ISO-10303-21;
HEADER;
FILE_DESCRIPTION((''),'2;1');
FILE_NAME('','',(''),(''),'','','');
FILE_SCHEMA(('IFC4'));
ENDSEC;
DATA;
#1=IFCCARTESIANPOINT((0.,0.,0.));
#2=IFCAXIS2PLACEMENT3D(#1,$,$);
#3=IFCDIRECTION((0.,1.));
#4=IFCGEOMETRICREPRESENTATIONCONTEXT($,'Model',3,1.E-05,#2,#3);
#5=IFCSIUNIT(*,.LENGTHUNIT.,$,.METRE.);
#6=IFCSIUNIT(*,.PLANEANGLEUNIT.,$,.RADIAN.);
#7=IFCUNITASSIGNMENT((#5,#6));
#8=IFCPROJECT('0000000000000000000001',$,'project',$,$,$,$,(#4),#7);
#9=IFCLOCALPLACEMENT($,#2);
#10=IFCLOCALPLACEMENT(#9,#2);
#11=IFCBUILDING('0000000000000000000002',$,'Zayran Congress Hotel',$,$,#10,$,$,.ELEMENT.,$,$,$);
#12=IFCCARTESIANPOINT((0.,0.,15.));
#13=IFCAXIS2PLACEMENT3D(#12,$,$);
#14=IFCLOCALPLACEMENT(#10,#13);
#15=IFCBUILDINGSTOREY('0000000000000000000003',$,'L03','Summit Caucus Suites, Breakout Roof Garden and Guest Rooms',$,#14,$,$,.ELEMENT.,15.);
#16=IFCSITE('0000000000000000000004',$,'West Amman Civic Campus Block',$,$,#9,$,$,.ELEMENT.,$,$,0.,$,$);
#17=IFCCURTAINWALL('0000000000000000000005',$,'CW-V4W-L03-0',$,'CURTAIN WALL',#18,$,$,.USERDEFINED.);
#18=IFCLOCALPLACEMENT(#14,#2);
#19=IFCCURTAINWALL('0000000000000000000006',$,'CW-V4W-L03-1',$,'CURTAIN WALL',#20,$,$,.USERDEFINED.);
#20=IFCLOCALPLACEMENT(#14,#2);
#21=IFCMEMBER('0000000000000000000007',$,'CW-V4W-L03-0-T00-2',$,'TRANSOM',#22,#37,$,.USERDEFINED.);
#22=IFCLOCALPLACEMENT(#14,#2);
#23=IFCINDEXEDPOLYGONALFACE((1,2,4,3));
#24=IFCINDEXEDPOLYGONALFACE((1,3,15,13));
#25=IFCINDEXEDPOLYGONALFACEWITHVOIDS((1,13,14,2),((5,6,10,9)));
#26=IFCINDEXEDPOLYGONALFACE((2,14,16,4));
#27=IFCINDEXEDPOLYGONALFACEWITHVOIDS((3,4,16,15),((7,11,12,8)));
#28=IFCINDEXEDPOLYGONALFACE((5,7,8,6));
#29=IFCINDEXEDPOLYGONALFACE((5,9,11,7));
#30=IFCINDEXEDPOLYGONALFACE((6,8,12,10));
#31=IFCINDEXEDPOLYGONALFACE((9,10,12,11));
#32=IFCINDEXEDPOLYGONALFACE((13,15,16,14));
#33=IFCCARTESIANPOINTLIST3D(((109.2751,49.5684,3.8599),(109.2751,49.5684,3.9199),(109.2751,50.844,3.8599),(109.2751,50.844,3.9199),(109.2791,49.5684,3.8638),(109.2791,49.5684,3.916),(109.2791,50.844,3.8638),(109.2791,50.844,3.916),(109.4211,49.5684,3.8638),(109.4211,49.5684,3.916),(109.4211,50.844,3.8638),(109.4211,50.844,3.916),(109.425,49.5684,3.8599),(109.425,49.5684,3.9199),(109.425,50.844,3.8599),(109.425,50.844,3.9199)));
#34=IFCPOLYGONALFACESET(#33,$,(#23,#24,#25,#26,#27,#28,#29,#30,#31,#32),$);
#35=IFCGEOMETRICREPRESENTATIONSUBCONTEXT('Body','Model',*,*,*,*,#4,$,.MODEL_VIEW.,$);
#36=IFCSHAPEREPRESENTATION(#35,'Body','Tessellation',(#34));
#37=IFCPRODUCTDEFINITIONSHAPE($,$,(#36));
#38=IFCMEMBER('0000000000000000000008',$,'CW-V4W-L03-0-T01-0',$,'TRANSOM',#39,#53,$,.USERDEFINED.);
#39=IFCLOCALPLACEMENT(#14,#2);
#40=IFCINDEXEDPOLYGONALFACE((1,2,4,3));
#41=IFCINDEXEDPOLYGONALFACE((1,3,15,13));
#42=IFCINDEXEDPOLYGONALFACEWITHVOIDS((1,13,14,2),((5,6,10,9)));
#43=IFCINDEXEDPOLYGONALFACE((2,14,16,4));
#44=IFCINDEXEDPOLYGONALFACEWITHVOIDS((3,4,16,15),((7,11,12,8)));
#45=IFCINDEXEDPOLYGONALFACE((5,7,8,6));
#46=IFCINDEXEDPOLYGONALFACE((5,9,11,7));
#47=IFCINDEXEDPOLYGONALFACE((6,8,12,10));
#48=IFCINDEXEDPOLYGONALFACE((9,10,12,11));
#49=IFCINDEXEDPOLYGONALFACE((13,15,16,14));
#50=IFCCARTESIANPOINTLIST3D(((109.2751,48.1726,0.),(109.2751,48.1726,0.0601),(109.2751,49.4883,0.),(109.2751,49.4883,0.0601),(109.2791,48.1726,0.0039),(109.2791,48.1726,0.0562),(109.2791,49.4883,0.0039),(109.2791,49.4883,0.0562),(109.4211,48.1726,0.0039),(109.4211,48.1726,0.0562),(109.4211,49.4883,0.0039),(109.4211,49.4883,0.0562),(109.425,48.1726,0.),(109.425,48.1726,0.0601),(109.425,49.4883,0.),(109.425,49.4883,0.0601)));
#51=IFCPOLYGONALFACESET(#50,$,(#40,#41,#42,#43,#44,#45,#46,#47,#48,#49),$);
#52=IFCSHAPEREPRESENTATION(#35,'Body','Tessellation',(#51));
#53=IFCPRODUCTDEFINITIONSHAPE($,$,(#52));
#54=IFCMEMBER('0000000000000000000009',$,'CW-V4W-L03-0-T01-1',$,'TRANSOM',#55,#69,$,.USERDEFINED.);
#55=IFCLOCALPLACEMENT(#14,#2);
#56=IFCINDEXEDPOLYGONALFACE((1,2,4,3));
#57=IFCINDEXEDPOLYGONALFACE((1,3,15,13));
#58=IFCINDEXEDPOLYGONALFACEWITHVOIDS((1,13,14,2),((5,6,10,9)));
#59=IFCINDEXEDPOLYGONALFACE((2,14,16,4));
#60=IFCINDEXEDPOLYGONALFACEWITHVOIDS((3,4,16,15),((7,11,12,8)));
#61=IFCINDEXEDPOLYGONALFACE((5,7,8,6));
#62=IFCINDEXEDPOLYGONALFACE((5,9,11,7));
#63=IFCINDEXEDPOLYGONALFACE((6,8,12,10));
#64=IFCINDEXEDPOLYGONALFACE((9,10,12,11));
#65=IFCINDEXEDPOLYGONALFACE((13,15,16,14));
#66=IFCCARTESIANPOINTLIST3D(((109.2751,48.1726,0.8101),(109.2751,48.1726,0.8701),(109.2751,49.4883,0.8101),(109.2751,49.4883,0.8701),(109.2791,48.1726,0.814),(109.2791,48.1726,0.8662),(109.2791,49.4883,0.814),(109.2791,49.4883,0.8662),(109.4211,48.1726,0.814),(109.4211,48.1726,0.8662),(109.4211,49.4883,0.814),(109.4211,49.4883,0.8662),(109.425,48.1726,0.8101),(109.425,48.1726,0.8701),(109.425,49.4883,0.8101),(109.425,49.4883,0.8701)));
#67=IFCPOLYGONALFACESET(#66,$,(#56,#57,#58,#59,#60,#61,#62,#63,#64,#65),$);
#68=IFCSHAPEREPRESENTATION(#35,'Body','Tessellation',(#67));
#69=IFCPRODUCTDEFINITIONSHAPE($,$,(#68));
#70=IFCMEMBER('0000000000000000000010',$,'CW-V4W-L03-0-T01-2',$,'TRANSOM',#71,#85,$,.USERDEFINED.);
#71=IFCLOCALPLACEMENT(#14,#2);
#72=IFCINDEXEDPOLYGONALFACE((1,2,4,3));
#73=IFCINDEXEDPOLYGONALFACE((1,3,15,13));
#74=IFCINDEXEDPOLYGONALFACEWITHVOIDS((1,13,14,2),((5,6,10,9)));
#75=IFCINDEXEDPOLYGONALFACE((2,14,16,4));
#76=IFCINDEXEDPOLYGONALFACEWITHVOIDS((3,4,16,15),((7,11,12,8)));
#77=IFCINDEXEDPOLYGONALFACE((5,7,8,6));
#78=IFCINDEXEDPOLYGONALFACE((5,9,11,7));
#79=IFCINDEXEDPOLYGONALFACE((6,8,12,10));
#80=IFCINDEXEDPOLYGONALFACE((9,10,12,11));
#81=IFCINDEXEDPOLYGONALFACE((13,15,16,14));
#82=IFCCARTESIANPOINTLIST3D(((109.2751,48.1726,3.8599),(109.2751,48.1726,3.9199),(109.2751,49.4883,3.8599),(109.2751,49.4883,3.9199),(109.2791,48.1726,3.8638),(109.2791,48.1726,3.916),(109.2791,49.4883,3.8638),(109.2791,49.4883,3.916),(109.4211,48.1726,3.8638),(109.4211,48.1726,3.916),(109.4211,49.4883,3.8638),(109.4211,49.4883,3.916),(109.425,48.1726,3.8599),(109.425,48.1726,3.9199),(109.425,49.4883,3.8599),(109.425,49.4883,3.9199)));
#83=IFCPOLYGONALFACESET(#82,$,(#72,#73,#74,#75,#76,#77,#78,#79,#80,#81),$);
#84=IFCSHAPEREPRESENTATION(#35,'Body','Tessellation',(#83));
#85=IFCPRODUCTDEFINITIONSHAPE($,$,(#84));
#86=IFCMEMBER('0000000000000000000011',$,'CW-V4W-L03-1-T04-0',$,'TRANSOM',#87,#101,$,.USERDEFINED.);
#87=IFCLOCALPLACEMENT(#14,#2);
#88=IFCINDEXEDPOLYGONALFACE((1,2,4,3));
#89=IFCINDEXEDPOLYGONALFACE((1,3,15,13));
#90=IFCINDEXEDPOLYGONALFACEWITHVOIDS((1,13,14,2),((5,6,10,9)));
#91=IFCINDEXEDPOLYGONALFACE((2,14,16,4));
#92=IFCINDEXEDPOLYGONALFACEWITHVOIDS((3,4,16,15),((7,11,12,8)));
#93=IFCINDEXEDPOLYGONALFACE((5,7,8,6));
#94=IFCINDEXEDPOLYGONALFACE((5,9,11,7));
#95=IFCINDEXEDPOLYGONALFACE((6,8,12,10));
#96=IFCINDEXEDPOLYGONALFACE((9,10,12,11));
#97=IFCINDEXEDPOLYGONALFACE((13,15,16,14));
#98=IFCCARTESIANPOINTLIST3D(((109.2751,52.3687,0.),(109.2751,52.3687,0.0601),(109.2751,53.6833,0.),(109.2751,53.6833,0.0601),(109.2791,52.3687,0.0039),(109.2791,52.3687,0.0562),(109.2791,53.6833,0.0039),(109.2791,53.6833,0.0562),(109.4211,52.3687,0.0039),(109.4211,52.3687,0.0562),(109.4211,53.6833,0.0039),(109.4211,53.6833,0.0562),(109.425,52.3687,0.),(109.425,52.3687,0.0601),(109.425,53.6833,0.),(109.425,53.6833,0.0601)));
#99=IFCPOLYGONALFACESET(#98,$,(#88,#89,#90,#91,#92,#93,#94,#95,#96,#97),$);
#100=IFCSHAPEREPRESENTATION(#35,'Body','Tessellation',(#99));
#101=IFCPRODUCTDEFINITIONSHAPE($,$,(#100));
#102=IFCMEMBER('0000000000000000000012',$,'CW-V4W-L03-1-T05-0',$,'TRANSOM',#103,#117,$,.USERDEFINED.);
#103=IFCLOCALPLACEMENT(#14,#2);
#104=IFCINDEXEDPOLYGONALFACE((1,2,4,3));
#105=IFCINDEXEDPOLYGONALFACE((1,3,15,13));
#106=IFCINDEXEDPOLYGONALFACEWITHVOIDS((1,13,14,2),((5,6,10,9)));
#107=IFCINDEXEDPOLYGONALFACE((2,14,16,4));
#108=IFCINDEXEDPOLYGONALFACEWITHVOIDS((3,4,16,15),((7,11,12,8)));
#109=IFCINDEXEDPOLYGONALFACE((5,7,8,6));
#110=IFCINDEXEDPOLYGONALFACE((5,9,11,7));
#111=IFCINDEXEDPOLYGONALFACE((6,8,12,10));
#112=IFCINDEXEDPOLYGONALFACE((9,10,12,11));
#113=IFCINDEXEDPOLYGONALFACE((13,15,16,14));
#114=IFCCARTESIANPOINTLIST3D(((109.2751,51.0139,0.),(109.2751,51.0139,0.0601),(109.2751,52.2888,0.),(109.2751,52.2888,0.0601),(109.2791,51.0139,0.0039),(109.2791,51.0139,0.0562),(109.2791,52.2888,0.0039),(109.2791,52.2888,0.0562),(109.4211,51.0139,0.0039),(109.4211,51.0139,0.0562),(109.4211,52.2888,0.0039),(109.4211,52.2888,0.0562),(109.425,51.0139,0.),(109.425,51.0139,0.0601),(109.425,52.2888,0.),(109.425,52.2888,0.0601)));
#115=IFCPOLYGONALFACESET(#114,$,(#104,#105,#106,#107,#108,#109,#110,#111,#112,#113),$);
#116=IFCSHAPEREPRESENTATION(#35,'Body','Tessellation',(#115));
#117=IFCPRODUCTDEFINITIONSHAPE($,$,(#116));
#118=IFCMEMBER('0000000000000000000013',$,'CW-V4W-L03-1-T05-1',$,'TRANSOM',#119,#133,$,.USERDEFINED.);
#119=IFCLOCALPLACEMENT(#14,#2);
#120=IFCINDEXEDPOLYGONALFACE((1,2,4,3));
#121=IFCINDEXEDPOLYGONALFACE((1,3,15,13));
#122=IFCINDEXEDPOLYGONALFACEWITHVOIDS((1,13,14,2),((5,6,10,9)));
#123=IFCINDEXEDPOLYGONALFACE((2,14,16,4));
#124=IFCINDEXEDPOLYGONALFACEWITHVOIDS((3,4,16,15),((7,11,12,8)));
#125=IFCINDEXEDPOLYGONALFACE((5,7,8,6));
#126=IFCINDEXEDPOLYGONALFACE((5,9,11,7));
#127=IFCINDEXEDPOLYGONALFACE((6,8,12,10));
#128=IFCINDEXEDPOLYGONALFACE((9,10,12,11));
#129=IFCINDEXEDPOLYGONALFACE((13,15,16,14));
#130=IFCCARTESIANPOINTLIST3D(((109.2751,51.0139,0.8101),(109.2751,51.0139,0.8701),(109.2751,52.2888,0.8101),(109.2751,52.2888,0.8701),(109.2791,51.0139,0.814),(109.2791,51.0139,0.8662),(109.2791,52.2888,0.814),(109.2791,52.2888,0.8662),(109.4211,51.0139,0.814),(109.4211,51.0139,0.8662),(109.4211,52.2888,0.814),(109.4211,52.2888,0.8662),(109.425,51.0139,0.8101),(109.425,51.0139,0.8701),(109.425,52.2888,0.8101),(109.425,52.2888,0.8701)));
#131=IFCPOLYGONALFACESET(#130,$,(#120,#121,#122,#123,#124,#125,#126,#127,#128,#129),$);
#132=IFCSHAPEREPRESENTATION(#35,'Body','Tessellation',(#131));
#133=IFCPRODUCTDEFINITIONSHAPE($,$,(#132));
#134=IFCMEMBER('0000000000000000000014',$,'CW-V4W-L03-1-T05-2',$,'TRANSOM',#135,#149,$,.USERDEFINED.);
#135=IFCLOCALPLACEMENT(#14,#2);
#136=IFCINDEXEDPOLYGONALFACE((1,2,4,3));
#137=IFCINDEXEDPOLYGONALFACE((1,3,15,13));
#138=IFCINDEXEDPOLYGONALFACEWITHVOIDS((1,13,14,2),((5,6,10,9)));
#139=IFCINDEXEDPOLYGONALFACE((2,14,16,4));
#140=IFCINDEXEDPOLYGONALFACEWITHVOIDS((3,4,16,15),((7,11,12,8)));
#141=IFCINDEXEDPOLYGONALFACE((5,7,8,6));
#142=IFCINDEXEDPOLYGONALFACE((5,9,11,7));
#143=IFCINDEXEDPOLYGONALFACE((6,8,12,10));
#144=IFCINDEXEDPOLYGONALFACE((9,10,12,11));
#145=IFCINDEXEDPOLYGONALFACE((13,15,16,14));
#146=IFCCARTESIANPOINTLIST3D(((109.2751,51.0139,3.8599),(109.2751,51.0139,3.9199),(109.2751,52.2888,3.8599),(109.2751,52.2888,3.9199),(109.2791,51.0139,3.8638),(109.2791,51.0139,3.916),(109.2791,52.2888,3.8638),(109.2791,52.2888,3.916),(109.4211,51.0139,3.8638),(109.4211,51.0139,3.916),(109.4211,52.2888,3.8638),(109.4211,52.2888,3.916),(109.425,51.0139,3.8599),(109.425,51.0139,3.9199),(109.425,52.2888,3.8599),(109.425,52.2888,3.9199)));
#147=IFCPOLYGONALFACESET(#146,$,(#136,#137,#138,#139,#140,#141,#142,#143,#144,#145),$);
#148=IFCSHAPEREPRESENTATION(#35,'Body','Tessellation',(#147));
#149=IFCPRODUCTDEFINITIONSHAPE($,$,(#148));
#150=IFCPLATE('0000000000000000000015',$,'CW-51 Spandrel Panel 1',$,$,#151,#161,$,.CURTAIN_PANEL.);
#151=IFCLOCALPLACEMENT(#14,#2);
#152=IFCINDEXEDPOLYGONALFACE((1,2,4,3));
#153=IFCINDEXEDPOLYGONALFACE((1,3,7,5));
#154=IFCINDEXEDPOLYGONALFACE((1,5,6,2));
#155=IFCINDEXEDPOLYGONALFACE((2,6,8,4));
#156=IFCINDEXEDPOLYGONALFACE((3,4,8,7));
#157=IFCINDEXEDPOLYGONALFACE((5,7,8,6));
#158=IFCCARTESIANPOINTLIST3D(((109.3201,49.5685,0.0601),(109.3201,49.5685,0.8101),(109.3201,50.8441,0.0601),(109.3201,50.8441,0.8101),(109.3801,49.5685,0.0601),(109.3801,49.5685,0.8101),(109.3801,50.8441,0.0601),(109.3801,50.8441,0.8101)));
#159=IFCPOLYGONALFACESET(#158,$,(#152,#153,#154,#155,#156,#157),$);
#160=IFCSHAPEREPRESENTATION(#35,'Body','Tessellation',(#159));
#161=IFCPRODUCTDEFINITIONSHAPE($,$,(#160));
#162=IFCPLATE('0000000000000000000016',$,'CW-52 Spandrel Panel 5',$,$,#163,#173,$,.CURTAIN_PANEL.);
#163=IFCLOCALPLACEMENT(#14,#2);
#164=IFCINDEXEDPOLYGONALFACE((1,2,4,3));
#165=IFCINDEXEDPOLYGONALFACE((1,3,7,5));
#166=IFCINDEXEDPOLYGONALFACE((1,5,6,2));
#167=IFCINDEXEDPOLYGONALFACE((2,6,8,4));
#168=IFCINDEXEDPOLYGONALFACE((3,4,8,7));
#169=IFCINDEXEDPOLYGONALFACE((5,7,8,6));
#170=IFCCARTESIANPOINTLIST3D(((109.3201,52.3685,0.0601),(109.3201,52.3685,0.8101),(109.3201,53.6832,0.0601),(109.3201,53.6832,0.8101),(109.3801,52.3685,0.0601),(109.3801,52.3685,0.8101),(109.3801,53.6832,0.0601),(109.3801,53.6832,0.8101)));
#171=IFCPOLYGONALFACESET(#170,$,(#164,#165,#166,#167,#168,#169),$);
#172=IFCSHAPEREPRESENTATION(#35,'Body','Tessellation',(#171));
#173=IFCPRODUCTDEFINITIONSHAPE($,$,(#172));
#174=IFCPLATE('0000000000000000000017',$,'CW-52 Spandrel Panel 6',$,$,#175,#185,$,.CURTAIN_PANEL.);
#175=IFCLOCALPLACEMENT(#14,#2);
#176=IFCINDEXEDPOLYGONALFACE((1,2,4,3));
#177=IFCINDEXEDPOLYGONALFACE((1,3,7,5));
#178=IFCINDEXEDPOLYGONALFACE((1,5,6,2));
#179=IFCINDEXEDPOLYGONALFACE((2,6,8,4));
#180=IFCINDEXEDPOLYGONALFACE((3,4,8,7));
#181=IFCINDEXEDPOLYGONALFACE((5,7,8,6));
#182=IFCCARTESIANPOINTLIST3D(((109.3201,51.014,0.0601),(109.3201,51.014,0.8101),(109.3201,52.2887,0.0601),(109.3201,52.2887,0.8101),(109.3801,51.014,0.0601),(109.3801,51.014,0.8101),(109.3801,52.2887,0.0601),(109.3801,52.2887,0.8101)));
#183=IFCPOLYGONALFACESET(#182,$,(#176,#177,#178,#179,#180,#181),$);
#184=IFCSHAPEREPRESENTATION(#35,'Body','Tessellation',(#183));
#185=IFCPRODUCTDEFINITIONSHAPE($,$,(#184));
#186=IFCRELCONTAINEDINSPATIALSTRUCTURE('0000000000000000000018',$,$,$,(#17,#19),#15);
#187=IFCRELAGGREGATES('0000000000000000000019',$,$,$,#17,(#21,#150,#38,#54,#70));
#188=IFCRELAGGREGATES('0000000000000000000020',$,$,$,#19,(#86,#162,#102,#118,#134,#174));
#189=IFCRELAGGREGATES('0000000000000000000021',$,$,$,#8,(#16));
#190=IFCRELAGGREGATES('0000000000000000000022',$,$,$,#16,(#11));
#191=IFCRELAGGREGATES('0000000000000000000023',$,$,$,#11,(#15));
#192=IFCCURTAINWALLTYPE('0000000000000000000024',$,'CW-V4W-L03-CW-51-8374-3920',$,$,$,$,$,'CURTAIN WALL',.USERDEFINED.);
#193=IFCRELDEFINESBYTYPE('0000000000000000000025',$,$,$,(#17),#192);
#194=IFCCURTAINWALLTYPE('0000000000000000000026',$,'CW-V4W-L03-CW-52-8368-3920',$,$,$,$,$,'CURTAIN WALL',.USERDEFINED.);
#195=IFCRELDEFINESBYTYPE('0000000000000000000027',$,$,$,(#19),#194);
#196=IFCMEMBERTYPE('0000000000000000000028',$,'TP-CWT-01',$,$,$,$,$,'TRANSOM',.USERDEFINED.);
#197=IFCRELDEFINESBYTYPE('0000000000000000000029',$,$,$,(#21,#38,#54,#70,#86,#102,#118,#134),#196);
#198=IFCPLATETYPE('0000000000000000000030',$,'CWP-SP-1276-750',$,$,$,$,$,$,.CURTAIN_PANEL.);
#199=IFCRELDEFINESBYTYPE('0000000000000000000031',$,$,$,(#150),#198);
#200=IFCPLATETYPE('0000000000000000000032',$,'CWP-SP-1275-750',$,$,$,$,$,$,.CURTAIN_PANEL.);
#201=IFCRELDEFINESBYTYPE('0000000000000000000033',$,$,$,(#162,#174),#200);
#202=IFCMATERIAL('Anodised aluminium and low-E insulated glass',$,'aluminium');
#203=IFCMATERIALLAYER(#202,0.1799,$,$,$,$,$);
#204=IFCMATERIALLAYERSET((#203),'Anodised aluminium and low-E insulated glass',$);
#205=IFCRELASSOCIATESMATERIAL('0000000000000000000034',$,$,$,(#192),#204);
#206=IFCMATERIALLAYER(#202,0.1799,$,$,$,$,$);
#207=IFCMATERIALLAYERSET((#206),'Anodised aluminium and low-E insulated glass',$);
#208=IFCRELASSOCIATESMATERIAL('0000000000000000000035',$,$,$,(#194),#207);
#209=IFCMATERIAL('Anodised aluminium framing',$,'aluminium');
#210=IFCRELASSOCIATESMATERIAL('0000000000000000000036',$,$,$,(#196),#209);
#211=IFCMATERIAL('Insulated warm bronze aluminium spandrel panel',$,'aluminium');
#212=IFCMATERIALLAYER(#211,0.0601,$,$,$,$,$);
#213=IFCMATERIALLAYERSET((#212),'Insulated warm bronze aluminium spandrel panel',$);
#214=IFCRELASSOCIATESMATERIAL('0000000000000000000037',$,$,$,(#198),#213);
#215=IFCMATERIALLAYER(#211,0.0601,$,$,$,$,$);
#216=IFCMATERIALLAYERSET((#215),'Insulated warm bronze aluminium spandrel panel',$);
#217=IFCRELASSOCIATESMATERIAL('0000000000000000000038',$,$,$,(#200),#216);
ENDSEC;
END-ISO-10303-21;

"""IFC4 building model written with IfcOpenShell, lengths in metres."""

from ifc_helpers import new_model, si_unit, direction, frame, origin, origin_2d, place, context, subcontext, project, spatial, rectangle, hollow_rectangle, extrude, material, layer, layer_set, material_profile, profile_set, type_object, element, aggregate, save


model = new_model("IFC4")

# Units and contexts
model_context = context("Model", 3, precision=1e-05, world=origin(), true_north=direction((0.0, 1.0)))
body_context = subcontext(model_context, "Body", "Model", "MODEL_VIEW")
ifc_project = project(units=[si_unit("LENGTHUNIT", "METRE"), si_unit("PLANEANGLEUNIT", "RADIAN")], contexts=[model_context])

# Site, building, storey
site_placement = place(None, origin())
site = spatial("IfcSite", under=ifc_project, at=site_placement, Name="West Amman Civic Campus Block", CompositionType="ELEMENT", RefElevation=0.0)
building_placement = place(site_placement, origin())
building = spatial("IfcBuilding", under=site, at=building_placement, Name="Zayran Congress Hotel", CompositionType="ELEMENT")
storey_placement = place(building_placement, frame((0.0, 0.0, 15.0)))
storey = spatial("IfcBuildingStorey", under=building, at=storey_placement, Name="L03", Description="Summit Caucus Suites, Breakout Roof Garden and Guest Rooms", CompositionType="ELEMENT", Elevation=15.0)

# Curtain walls
ifc_material_1 = material(Name="Anodised aluminium and low-E insulated glass", Category="aluminium")
ifc_layer_1 = layer(ifc_material_1, 0.1799)
ifc_layer_set_1 = layer_set([ifc_layer_1], Name="Anodised aluminium and low-E insulated glass")
curtain_wall_type_1 = type_object("IfcCurtainWallType", Name="CW-V4W-L03-CW-51-8374-3920", ElementType="CURTAIN WALL", PredefinedType="USERDEFINED", material=ifc_layer_set_1)
curtain_wall_1_placement = place(storey_placement, origin())
curtain_wall_1 = element("IfcCurtainWall", 1, at=curtain_wall_1_placement, inside=storey, type_object=curtain_wall_type_1, Name="CW-V4W-L03-0", ObjectType="CURTAIN WALL", PredefinedType="USERDEFINED")
ifc_material_2 = material(Name="Anodised aluminium framing", Category="aluminium")
ifc_layer_2 = layer(ifc_material_1, 0.1799)
ifc_layer_set_2 = layer_set([ifc_layer_2], Name="Anodised aluminium and low-E insulated glass")
curtain_wall_type_2 = type_object("IfcCurtainWallType", Name="CW-V4W-L03-CW-52-8368-3920", ElementType="CURTAIN WALL", PredefinedType="USERDEFINED", material=ifc_layer_set_2)
curtain_wall_2_placement = place(storey_placement, origin())
curtain_wall_2 = element("IfcCurtainWall", 2, at=curtain_wall_2_placement, inside=storey, type_object=curtain_wall_type_2, Name="CW-V4W-L03-1", ObjectType="CURTAIN WALL", PredefinedType="USERDEFINED")

# Members
ifc_material_profile_1 = material_profile(ifc_material_2, hollow_rectangle(XDim=0.0601, YDim=0.1499, WallThickness=0.0039, at=origin_2d()), Name="RHS 150x60x4")
ifc_profile_set_1 = profile_set([ifc_material_profile_1], Name="Anodised aluminium framing")
member_type_1 = type_object("IfcMemberType", Name="TP-CWT-01", ElementType="TRANSOM", PredefinedType="USERDEFINED", material=ifc_profile_set_1)
member_1_placement = place(storey_placement, frame((109.3501, 50.844, 3.8899), z_axis=(0.0, -1.0, 0.0), x_axis=(0.0, 0.0, 1.0)))
member_1 = element("IfcMember", 3, at=member_1_placement, type_object=member_type_1, Name="CW-V4W-L03-0-T00-2", ObjectType="TRANSOM", PredefinedType="USERDEFINED", context=body_context, shape_type="SweptSolid", body=[
    extrude(hollow_rectangle(XDim=0.0601, YDim=0.1499, WallThickness=0.0039, at=origin_2d()), origin(), (0.0, 0.0, 1.0), 1.2756),
])
member_2_placement = place(storey_placement, frame((109.3501, 49.4883, 0.03), z_axis=(0.0, -1.0, 0.0), x_axis=(0.0, 0.0, 1.0)))
member_2 = element("IfcMember", 4, at=member_2_placement, type_object=member_type_1, Name="CW-V4W-L03-0-T01-0", ObjectType="TRANSOM", PredefinedType="USERDEFINED", context=body_context, shape_type="SweptSolid", body=[
    extrude(hollow_rectangle(XDim=0.0601, YDim=0.1499, WallThickness=0.0039, at=origin_2d()), origin(), (0.0, 0.0, 1.0), 1.3157),
])
member_3_placement = place(storey_placement, frame((109.3501, 49.4883, 0.8401), z_axis=(0.0, -1.0, 0.0), x_axis=(0.0, 0.0, 1.0)))
member_3 = element("IfcMember", 5, at=member_3_placement, type_object=member_type_1, Name="CW-V4W-L03-0-T01-1", ObjectType="TRANSOM", PredefinedType="USERDEFINED", context=body_context, shape_type="SweptSolid", body=[
    extrude(hollow_rectangle(XDim=0.0601, YDim=0.1499, WallThickness=0.0039, at=origin_2d()), origin(), (0.0, 0.0, 1.0), 1.3157),
])
member_4_placement = place(storey_placement, frame((109.3501, 49.4883, 3.8899), z_axis=(0.0, -1.0, 0.0), x_axis=(0.0, 0.0, 1.0)))
member_4 = element("IfcMember", 6, at=member_4_placement, type_object=member_type_1, Name="CW-V4W-L03-0-T01-2", ObjectType="TRANSOM", PredefinedType="USERDEFINED", context=body_context, shape_type="SweptSolid", body=[
    extrude(hollow_rectangle(XDim=0.0601, YDim=0.1499, WallThickness=0.0039, at=origin_2d()), origin(), (0.0, 0.0, 1.0), 1.3157),
])
member_5_placement = place(storey_placement, frame((109.3501, 53.6833, 0.03), z_axis=(0.0, -1.0, 0.0), x_axis=(0.0, 0.0, 1.0)))
member_5 = element("IfcMember", 7, at=member_5_placement, type_object=member_type_1, Name="CW-V4W-L03-1-T04-0", ObjectType="TRANSOM", PredefinedType="USERDEFINED", context=body_context, shape_type="SweptSolid", body=[
    extrude(hollow_rectangle(XDim=0.0601, YDim=0.1499, WallThickness=0.0039, at=origin_2d()), origin(), (0.0, 0.0, 1.0), 1.3147),
])
member_6_placement = place(storey_placement, frame((109.3501, 52.2888, 0.03), z_axis=(0.0, -1.0, 0.0), x_axis=(0.0, 0.0, 1.0)))
member_6 = element("IfcMember", 8, at=member_6_placement, type_object=member_type_1, Name="CW-V4W-L03-1-T05-0", ObjectType="TRANSOM", PredefinedType="USERDEFINED", context=body_context, shape_type="SweptSolid", body=[
    extrude(hollow_rectangle(XDim=0.0601, YDim=0.1499, WallThickness=0.0039, at=origin_2d()), origin(), (0.0, 0.0, 1.0), 1.2749),
])
member_7_placement = place(storey_placement, frame((109.3501, 52.2888, 0.8401), z_axis=(0.0, -1.0, 0.0), x_axis=(0.0, 0.0, 1.0)))
member_7 = element("IfcMember", 9, at=member_7_placement, type_object=member_type_1, Name="CW-V4W-L03-1-T05-1", ObjectType="TRANSOM", PredefinedType="USERDEFINED", context=body_context, shape_type="SweptSolid", body=[
    extrude(hollow_rectangle(XDim=0.0601, YDim=0.1499, WallThickness=0.0039, at=origin_2d()), origin(), (0.0, 0.0, 1.0), 1.2749),
])
member_8_placement = place(storey_placement, frame((109.3501, 52.2888, 3.8899), z_axis=(0.0, -1.0, 0.0), x_axis=(0.0, 0.0, 1.0)))
member_8 = element("IfcMember", 10, at=member_8_placement, type_object=member_type_1, Name="CW-V4W-L03-1-T05-2", ObjectType="TRANSOM", PredefinedType="USERDEFINED", context=body_context, shape_type="SweptSolid", body=[
    extrude(hollow_rectangle(XDim=0.0601, YDim=0.1499, WallThickness=0.0039, at=origin_2d()), origin(), (0.0, 0.0, 1.0), 1.2749),
])

# Plates
ifc_material_3 = material(Name="Insulated warm bronze aluminium spandrel panel", Category="aluminium")
ifc_layer_3 = layer(ifc_material_3, 0.0601)
ifc_layer_set_3 = layer_set([ifc_layer_3], Name="Insulated warm bronze aluminium spandrel panel")
plate_type_1 = type_object("IfcPlateType", Name="CWP-SP-1276-750", PredefinedType="CURTAIN_PANEL", material=ifc_layer_set_3)
plate_1_placement = place(storey_placement, frame((109.3501, 50.2063, 0.0601), z_axis=(0.0, 0.0, 1.0), x_axis=(0.0, 1.0, 0.0)))
plate_1 = element("IfcPlate", 11, at=plate_1_placement, type_object=plate_type_1, Name="CW-51 Spandrel Panel 1", PredefinedType="CURTAIN_PANEL", context=body_context, shape_type="SweptSolid", body=[
    extrude(rectangle(XDim=1.2756, YDim=0.0601, at=origin_2d()), origin(), (0.0, 0.0, 1.0), 0.75),
])
ifc_layer_4 = layer(ifc_material_3, 0.0601)
ifc_layer_set_4 = layer_set([ifc_layer_4], Name="Insulated warm bronze aluminium spandrel panel")
plate_type_2 = type_object("IfcPlateType", Name="CWP-SP-1275-750", PredefinedType="CURTAIN_PANEL", material=ifc_layer_set_4)
plate_2_placement = place(storey_placement, frame((109.3501, 53.0259, 0.0601), z_axis=(0.0, 0.0, 1.0), x_axis=(0.0, 1.0, 0.0)))
plate_2 = element("IfcPlate", 12, at=plate_2_placement, type_object=plate_type_2, Name="CW-52 Spandrel Panel 5", PredefinedType="CURTAIN_PANEL", context=body_context, shape_type="SweptSolid", body=[
    extrude(rectangle(XDim=1.3147, YDim=0.0601, at=origin_2d()), origin(), (0.0, 0.0, 1.0), 0.75),
])
plate_3_placement = place(storey_placement, frame((109.3501, 51.6514, 0.0601), z_axis=(0.0, 0.0, 1.0), x_axis=(0.0, 1.0, 0.0)))
plate_3 = element("IfcPlate", 13, at=plate_3_placement, type_object=plate_type_2, Name="CW-52 Spandrel Panel 6", PredefinedType="CURTAIN_PANEL", context=body_context, shape_type="SweptSolid", body=[
    extrude(rectangle(XDim=1.2747, YDim=0.0601, at=origin_2d()), origin(), (0.0, 0.0, 1.0), 0.75),
])
aggregate(curtain_wall_1, [member_1, plate_1, member_2, member_3, member_4])
aggregate(curtain_wall_2, [member_5, plate_2, member_6, member_7, member_8, plate_3])

save(model, "model.ifc")
